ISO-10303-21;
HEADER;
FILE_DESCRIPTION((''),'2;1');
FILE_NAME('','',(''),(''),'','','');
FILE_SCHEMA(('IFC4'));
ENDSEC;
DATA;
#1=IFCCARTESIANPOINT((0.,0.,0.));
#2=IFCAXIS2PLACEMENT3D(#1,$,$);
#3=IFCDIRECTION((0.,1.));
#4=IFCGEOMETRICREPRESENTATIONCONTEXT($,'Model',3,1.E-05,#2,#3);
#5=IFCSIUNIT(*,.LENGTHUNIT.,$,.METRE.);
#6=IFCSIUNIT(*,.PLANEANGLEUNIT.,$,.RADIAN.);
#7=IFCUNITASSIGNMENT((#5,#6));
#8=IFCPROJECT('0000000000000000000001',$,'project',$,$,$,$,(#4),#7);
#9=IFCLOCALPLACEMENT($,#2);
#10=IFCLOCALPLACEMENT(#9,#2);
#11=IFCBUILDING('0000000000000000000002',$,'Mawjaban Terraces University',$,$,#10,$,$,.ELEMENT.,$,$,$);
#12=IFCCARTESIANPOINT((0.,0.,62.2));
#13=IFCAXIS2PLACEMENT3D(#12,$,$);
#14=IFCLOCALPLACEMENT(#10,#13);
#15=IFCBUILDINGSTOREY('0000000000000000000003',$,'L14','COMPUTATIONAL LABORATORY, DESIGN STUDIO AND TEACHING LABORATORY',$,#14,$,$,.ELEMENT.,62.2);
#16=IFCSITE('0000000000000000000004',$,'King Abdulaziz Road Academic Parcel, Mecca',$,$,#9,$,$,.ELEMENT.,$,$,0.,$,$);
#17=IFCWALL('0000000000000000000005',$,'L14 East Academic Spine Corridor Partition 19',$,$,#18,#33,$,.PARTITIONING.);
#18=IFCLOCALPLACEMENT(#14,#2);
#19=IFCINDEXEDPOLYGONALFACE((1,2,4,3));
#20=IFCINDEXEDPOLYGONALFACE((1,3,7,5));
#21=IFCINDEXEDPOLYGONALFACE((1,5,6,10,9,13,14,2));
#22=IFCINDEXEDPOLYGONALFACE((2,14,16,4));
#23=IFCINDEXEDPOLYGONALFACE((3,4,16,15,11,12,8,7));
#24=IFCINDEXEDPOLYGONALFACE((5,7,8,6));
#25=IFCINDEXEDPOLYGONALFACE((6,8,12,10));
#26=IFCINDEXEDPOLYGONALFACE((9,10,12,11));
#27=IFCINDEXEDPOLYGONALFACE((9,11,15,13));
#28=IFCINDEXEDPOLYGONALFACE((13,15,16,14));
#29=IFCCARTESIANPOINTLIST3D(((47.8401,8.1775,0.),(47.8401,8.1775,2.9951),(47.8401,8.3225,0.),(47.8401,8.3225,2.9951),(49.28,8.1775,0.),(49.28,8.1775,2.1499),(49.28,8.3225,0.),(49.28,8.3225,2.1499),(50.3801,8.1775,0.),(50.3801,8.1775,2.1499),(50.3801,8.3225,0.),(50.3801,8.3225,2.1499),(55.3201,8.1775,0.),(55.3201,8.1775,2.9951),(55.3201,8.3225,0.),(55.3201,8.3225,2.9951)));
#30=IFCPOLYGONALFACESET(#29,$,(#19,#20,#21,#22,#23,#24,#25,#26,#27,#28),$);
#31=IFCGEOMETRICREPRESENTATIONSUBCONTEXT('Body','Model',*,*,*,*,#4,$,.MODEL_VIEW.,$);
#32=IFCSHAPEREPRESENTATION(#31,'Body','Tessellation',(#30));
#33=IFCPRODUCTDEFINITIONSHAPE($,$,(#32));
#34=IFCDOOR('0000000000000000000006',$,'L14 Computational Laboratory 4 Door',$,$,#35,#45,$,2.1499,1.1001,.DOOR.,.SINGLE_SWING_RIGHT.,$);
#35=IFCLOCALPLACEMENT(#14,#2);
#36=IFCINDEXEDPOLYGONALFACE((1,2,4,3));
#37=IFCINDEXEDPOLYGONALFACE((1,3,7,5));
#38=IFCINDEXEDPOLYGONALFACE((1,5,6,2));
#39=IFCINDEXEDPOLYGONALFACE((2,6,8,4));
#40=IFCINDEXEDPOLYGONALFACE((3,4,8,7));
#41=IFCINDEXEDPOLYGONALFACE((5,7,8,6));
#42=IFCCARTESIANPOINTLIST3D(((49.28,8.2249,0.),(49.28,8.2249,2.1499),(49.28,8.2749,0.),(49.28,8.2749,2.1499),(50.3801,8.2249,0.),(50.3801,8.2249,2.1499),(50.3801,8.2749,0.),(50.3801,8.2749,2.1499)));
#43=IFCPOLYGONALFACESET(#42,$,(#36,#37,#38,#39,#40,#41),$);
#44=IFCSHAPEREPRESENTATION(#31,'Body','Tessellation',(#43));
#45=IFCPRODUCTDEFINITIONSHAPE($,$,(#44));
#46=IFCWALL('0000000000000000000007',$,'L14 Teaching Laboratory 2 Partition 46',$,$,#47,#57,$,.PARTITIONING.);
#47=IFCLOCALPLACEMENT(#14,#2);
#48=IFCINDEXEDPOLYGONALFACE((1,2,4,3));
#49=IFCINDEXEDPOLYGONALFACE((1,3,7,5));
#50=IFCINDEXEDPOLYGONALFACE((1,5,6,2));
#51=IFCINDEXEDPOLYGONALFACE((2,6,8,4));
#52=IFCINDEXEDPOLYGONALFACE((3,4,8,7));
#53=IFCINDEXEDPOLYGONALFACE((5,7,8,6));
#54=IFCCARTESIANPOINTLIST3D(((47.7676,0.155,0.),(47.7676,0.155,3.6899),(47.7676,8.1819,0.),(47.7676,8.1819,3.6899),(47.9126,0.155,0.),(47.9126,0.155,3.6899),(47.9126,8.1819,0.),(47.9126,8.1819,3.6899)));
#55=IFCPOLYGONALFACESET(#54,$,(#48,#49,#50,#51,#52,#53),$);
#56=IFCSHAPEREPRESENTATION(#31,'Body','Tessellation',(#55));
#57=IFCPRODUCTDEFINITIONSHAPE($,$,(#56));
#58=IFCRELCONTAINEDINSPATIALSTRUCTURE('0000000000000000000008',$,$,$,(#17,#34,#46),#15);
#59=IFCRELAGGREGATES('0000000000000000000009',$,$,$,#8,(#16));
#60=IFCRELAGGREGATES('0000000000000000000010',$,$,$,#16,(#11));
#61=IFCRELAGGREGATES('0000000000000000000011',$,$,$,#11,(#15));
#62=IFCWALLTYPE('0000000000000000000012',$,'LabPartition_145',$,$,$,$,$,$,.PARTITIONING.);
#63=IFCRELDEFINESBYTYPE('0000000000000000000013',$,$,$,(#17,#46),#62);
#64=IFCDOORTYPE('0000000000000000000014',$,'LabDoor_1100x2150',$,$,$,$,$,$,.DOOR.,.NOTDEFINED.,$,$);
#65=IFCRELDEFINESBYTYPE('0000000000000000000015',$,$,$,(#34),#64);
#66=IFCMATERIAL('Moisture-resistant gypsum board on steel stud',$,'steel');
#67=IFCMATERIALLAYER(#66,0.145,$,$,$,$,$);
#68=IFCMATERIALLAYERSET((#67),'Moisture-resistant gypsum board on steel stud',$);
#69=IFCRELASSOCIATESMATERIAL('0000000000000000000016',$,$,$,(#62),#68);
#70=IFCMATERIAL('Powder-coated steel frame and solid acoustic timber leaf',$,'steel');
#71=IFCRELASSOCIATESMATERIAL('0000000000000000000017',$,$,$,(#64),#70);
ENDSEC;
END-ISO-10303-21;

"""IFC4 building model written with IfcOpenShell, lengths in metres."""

from ifc_helpers import new_model, si_unit, direction, frame, frame_2d, origin, place, context, subcontext, project, spatial, rectangle, extrude, material, layer, layer_set, type_object, element, fill, save


model = new_model("IFC4")

# Units and contexts
model_context = context("Model", 3, precision=1e-05, world=origin(), true_north=direction((0.0, 1.0)))
body_context = subcontext(model_context, "Body", "Model", "MODEL_VIEW")
ifc_project = project(units=[si_unit("LENGTHUNIT", "METRE"), si_unit("PLANEANGLEUNIT", "RADIAN")], contexts=[model_context])

# Site, building, storey
site_placement = place(None, origin())
site = spatial("IfcSite", under=ifc_project, at=site_placement, Name="King Abdulaziz Road Academic Parcel, Mecca", CompositionType="ELEMENT", RefElevation=0.0)
building_placement = place(site_placement, origin())
building = spatial("IfcBuilding", under=site, at=building_placement, Name="Mawjaban Terraces University", CompositionType="ELEMENT")
storey_placement = place(building_placement, frame((0.0, 0.0, 62.2)))
storey = spatial("IfcBuildingStorey", under=building, at=storey_placement, Name="L14", Description="COMPUTATIONAL LABORATORY, DESIGN STUDIO AND TEACHING LABORATORY", CompositionType="ELEMENT", Elevation=62.2)

# Shared definitions
ifc_material_1 = material(Name="Powder-coated steel frame and solid acoustic timber leaf", Category="steel")

# Wall, opening, door
ifc_material_2 = material(Name="Moisture-resistant gypsum board on steel stud", Category="steel")
ifc_layer_1 = layer(ifc_material_2, 0.145)
ifc_layer_set_1 = layer_set([ifc_layer_1], Name="Moisture-resistant gypsum board on steel stud")
wall_type_1 = type_object("IfcWallType", Name="LabPartition_145", PredefinedType="PARTITIONING", material=ifc_layer_set_1)
door_type_1 = type_object("IfcDoorType", Name="LabDoor_1100x2150", OperationType="NOTDEFINED", PredefinedType="DOOR", material=ifc_material_1)
wall_1_placement = place(storey_placement, frame((47.8401, 8.25, 0.0), z_axis=(0.0, 0.0, 1.0), x_axis=(1.0, 0.0, 0.0)))
wall_1 = element("IfcWall", 1, at=wall_1_placement, inside=storey, type_object=wall_type_1, Name="L14 East Academic Spine Corridor Partition 19", PredefinedType="PARTITIONING", context=body_context, shape_type="SweptSolid", body=[
    extrude(rectangle(XDim=7.48, YDim=0.145, at=frame_2d((3.74, 0.0))), origin(), (0.0, 0.0, 1.0), 2.9951),
])
opening_1_placement = place(wall_1_placement, frame((1.4399, 0.0, 0.0)))
opening_1 = element("IfcOpeningElement", 2, at=opening_1_placement, cuts=wall_1, PredefinedType="OPENING", context=body_context, shape_type="SweptSolid", body=[
    extrude(rectangle(XDim=1.1001, YDim=2.1499, at=frame_2d((0.55, 1.075))), frame((0.0, 0.0825, 0.0), z_axis=(0.0, -1.0, 0.0), x_axis=(1.0, 0.0, 0.0)), (0.0, 0.0, 1.0), 0.165),
])
door_1_placement = place(opening_1_placement, origin())
door_1 = element("IfcDoor", 3, at=door_1_placement, inside=storey, type_object=door_type_1, Name="L14 Computational Laboratory 4 Door", OperationType="SINGLE_SWING_RIGHT", OverallHeight=2.1499, OverallWidth=1.1001, PredefinedType="DOOR", context=body_context, shape_type="SweptSolid", body=[
    extrude(rectangle(XDim=1.1001, YDim=2.1499, at=frame_2d((0.55, 1.075))), frame((0.0, 0.0249, 0.0), z_axis=(0.0, -1.0, 0.0), x_axis=(1.0, 0.0, 0.0)), (0.0, 0.0, 1.0), 0.05),
])
fill(opening_1, door_1)

# Wall
wall_2_placement = place(storey_placement, frame((47.8401, 0.155, 0.0), z_axis=(0.0, 0.0, 1.0), x_axis=(0.0, 1.0, 0.0)))
element("IfcWall", 4, at=wall_2_placement, inside=storey, type_object=wall_type_1, Name="L14 Teaching Laboratory 2 Partition 46", PredefinedType="PARTITIONING", context=body_context, shape_type="SweptSolid", body=[
    extrude(rectangle(XDim=8.0269, YDim=0.145, at=frame_2d((4.0134, 0.0))), origin(), (0.0, 0.0, 1.0), 3.6899),
])

save(model, "model.ifc")
